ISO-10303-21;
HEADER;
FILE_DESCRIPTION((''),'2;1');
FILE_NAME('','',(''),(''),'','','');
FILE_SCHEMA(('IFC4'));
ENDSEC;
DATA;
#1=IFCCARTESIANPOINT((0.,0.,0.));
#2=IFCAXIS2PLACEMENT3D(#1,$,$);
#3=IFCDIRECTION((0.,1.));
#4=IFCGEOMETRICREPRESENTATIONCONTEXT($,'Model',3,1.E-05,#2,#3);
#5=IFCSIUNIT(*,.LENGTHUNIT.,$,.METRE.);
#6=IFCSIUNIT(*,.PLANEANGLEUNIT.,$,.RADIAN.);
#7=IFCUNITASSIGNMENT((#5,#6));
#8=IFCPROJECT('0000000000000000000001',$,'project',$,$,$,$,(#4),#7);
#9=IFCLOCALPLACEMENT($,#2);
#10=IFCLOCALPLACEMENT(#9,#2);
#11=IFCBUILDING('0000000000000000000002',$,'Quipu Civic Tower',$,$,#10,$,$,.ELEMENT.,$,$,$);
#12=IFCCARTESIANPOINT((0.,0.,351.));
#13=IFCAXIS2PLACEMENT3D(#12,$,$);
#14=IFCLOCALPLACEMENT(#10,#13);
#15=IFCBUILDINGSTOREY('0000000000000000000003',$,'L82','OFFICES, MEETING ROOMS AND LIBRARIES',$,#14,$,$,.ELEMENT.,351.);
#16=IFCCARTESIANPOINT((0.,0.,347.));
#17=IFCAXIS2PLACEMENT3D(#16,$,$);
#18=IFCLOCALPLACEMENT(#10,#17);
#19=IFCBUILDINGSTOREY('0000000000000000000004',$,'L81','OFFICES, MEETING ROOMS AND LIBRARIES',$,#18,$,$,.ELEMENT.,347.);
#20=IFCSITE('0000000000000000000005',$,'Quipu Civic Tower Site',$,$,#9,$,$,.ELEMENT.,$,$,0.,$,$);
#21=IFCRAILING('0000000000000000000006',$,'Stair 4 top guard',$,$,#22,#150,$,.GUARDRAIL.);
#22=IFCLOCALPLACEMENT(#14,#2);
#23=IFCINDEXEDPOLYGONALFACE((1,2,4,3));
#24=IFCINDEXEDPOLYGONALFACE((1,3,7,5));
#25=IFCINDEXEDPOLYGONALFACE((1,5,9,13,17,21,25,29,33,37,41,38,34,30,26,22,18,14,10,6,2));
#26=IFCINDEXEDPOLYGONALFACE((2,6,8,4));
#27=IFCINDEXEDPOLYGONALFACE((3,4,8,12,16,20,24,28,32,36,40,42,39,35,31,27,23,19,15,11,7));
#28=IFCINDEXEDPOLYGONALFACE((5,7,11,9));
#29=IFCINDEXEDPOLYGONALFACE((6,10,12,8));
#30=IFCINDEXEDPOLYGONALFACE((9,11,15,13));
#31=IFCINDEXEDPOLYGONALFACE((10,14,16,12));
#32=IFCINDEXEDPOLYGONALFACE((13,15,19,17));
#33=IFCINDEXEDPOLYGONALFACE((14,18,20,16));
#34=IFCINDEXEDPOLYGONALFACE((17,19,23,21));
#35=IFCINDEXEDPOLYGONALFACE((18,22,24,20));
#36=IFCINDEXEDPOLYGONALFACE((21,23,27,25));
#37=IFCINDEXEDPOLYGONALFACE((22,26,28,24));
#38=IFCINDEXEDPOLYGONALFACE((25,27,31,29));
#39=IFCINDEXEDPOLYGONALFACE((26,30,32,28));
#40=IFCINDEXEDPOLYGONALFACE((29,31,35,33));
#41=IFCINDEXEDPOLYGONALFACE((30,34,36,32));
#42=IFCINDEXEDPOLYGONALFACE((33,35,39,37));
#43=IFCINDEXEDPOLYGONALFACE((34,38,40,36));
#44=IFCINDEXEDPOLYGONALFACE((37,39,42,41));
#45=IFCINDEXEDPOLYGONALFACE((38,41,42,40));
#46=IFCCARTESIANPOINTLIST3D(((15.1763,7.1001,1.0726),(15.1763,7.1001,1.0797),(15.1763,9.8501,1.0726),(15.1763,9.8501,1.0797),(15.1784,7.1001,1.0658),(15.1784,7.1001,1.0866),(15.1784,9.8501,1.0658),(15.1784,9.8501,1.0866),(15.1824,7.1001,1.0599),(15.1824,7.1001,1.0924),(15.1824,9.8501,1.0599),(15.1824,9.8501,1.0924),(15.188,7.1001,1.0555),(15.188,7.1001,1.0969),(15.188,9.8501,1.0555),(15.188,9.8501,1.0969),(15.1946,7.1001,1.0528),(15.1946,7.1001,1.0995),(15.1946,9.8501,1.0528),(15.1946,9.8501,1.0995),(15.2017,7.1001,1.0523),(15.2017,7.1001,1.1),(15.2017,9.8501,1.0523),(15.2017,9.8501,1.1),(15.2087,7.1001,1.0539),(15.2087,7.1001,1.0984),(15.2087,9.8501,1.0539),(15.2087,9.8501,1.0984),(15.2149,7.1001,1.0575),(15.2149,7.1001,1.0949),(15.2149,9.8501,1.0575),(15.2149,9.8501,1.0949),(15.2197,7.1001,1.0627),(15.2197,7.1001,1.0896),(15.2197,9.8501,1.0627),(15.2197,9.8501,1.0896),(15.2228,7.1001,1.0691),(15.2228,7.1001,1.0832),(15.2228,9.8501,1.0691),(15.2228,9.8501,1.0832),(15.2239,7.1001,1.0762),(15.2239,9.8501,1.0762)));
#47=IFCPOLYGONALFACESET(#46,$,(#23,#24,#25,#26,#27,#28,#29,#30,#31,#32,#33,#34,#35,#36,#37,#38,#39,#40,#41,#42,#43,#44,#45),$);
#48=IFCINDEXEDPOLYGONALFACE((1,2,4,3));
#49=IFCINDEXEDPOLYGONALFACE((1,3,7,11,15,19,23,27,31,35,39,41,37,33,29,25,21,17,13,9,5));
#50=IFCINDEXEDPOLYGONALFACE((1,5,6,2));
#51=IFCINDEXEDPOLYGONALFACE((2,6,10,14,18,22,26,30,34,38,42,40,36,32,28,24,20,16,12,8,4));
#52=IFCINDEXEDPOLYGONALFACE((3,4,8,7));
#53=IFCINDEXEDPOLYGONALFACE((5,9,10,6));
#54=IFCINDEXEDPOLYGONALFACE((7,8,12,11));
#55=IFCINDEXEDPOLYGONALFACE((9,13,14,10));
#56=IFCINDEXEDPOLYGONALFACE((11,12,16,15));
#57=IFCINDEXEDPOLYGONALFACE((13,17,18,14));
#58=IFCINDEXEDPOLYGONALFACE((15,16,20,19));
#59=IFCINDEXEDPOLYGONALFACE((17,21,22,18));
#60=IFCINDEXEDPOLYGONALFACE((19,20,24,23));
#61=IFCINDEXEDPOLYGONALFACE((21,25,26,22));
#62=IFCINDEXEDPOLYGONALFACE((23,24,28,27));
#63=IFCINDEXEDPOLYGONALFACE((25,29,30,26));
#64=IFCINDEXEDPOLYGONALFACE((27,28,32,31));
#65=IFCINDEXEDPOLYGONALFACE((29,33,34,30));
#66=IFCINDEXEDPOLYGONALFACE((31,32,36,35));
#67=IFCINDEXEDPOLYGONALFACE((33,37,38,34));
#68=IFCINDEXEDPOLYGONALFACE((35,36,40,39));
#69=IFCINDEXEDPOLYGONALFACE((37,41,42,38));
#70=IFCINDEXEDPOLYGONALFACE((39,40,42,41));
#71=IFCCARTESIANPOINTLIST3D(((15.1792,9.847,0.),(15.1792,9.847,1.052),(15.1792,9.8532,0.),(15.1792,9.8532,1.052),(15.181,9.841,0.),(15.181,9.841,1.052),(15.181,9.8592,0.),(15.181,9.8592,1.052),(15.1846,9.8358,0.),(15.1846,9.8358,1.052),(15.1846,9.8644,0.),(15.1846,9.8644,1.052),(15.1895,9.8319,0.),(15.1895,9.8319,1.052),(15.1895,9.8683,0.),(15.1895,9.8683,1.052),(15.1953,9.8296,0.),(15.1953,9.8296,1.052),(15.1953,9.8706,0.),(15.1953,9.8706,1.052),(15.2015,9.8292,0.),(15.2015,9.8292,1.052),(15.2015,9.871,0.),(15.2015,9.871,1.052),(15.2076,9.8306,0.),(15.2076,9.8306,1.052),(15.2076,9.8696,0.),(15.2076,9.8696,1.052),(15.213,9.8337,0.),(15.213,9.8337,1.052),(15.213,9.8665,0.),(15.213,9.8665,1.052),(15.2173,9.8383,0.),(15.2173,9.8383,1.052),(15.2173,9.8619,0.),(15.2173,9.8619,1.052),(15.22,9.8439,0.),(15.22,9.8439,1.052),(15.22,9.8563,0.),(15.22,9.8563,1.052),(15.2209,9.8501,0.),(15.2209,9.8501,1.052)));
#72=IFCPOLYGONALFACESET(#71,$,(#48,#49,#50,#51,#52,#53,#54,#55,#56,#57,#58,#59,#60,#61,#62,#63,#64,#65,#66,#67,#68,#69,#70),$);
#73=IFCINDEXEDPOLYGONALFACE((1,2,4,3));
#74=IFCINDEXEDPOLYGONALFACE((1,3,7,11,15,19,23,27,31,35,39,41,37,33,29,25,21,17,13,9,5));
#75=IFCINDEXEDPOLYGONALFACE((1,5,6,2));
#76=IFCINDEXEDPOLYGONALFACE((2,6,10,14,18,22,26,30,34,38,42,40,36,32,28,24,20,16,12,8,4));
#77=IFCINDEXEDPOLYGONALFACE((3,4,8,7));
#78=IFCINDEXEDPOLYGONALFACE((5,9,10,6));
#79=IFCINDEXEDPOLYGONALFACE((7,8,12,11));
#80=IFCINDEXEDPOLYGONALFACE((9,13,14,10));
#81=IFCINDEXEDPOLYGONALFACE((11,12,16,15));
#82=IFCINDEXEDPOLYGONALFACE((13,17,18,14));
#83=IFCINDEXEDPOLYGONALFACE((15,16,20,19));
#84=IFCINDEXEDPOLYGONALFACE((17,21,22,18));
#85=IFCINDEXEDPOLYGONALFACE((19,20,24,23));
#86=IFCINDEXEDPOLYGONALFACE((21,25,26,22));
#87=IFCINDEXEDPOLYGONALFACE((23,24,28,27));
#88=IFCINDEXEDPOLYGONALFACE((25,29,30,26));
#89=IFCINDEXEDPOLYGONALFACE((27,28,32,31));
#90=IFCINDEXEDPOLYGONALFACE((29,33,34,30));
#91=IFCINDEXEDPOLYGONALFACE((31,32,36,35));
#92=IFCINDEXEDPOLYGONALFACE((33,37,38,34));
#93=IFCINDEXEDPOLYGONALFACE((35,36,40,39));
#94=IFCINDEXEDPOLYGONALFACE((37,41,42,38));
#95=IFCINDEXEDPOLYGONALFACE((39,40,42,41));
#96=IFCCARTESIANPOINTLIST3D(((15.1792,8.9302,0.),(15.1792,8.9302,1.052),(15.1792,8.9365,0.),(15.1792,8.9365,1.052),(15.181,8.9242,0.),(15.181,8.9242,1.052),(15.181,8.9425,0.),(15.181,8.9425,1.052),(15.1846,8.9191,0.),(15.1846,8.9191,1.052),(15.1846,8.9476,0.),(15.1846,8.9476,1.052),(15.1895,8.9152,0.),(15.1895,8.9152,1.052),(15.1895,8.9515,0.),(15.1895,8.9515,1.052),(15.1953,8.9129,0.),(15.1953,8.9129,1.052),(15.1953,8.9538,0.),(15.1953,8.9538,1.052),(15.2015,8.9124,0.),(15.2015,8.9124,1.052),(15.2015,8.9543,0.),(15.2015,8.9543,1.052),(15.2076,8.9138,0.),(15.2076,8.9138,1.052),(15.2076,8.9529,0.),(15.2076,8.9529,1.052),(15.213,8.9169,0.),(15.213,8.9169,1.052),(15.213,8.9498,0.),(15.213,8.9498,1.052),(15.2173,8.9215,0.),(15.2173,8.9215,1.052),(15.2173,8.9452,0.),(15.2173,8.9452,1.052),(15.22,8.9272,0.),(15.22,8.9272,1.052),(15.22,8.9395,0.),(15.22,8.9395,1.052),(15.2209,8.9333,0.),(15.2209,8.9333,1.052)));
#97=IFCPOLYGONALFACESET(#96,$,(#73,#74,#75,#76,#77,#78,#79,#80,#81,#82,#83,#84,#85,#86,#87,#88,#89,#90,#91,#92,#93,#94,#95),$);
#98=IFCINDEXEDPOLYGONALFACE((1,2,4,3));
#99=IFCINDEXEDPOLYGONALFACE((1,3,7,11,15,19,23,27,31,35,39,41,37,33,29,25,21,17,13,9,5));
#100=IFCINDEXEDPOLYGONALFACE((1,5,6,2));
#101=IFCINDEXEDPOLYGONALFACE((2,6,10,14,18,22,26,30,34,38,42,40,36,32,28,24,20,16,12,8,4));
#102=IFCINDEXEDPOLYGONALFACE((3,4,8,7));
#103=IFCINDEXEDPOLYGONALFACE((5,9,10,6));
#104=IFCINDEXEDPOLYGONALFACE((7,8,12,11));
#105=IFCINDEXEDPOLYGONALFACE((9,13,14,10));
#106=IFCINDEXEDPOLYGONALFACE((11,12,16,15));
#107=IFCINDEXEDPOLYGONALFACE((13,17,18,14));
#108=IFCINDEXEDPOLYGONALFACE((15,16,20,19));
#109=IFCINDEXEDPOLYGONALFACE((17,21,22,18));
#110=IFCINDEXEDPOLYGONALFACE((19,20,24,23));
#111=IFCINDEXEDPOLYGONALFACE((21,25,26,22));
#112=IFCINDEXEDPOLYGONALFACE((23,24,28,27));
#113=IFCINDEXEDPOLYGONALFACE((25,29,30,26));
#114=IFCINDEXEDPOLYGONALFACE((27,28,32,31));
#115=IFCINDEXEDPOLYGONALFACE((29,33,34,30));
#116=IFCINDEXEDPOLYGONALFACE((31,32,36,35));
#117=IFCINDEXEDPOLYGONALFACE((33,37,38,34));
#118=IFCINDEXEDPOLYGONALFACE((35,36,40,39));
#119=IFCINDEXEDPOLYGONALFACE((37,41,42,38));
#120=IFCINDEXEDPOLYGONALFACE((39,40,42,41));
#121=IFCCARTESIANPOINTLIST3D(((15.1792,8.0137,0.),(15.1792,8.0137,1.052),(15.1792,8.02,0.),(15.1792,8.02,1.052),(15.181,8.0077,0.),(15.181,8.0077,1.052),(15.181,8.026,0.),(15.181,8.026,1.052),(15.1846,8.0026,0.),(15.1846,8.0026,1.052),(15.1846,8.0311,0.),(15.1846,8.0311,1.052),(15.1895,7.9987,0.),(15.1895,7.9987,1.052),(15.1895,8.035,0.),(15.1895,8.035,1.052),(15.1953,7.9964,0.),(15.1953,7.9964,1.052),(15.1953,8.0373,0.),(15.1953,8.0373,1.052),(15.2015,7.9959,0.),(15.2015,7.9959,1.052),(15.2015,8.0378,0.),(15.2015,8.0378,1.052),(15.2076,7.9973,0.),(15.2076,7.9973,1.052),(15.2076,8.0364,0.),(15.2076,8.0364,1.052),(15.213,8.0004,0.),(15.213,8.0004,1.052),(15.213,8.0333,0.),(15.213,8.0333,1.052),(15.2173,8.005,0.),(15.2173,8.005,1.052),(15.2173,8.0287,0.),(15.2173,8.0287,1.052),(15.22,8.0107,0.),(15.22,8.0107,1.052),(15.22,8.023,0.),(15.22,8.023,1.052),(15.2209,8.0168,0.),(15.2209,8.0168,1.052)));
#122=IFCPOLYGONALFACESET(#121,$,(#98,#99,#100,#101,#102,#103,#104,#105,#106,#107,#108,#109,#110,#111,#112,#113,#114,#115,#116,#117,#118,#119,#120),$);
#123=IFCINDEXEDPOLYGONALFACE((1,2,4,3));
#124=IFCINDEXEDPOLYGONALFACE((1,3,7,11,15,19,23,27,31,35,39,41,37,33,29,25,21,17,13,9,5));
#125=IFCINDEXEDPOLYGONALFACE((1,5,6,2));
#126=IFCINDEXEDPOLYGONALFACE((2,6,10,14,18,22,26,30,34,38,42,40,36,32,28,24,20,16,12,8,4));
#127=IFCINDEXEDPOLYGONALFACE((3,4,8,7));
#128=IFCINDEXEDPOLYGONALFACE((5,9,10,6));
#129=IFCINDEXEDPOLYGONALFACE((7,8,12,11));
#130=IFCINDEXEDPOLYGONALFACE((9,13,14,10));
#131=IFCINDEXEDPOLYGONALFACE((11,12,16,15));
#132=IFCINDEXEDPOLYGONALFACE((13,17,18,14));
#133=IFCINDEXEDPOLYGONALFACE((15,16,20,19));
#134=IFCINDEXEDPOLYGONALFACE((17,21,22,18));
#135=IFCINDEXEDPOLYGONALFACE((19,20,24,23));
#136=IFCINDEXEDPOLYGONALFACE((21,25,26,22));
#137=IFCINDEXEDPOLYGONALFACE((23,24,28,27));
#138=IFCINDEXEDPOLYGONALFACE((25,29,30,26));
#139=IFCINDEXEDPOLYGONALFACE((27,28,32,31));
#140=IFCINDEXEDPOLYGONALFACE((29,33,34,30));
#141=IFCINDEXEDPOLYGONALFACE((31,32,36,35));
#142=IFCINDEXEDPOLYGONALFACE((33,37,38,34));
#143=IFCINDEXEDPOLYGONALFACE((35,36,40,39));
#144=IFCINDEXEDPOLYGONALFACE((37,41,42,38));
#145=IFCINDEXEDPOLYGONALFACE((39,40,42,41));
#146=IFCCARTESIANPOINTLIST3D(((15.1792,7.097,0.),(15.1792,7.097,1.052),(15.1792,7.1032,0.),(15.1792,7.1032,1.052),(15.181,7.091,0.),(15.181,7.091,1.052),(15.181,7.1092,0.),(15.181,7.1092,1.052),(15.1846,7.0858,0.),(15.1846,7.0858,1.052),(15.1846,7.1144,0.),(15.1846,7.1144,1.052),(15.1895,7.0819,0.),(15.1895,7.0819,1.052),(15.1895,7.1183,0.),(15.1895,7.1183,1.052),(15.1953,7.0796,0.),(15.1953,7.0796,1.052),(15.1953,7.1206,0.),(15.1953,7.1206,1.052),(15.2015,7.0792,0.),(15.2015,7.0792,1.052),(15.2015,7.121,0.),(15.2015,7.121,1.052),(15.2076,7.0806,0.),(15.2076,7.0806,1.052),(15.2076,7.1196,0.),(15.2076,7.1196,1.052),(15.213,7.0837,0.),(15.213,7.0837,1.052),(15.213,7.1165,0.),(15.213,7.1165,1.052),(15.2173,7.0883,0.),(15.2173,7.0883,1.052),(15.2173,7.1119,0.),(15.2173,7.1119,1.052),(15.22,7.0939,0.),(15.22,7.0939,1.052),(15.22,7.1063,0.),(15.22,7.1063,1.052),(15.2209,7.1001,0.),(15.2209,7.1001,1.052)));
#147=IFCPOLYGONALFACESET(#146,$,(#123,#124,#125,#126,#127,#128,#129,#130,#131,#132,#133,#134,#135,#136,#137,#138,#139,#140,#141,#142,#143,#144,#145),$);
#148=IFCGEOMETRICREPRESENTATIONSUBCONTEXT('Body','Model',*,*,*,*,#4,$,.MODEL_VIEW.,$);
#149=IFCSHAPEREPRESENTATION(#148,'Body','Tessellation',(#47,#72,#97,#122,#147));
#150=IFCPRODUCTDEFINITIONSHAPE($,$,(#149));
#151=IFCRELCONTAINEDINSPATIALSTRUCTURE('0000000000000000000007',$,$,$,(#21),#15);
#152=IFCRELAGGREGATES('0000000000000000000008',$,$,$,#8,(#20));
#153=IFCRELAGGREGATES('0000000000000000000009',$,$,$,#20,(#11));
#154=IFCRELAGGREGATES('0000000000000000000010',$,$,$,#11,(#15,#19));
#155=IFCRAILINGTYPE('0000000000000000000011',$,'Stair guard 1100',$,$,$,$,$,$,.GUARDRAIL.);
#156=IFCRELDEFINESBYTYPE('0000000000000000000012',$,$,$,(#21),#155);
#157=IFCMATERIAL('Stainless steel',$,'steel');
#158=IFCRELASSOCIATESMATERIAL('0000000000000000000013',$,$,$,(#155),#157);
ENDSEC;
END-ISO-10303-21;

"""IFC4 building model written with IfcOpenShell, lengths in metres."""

from ifc_helpers import new_model, si_unit, direction, frame, origin, origin_2d, place, context, subcontext, project, spatial, circle, extrude, material, type_object, element, save


model = new_model("IFC4")

# Units and contexts
model_context = context("Model", 3, precision=1e-05, world=origin(), true_north=direction((0.0, 1.0)))
body_context = subcontext(model_context, "Body", "Model", "MODEL_VIEW")
ifc_project = project(units=[si_unit("LENGTHUNIT", "METRE"), si_unit("PLANEANGLEUNIT", "RADIAN")], contexts=[model_context])

# Site, building, storey
site_placement = place(None, origin())
site = spatial("IfcSite", under=ifc_project, at=site_placement, Name="Quipu Civic Tower Site", CompositionType="ELEMENT", RefElevation=0.0)
building_placement = place(site_placement, origin())
building = spatial("IfcBuilding", under=site, at=building_placement, Name="Quipu Civic Tower", CompositionType="ELEMENT")
storey_1_placement = place(building_placement, frame((0.0, 0.0, 351.0)))
storey_1 = spatial("IfcBuildingStorey", under=building, at=storey_1_placement, Name="L82", Description="OFFICES, MEETING ROOMS AND LIBRARIES", CompositionType="ELEMENT", Elevation=351.0)

# Shared definitions
storey_2_placement = place(building_placement, frame((0.0, 0.0, 347.0)))
storey_2 = spatial("IfcBuildingStorey", under=building, at=storey_2_placement, Name="L81", Description="OFFICES, MEETING ROOMS AND LIBRARIES", CompositionType="ELEMENT", Elevation=347.0)

# Railing
ifc_material_1 = material(Name="Stainless steel", Category="steel")
railing_type = type_object("IfcRailingType", Name="Stair guard 1100", PredefinedType="GUARDRAIL", material=ifc_material_1)
railing_placement = place(storey_1_placement, frame((15.2, 9.8501, 0.0)))
element("IfcRailing", 1, at=railing_placement, inside=storey_1, type_object=railing_type, Name="Stair 4 top guard", PredefinedType="GUARDRAIL", context=body_context, shape_type="SweptSolid", body=[
    extrude(circle(Radius=0.0239, at=origin_2d()), frame((0.0, 0.0, 1.0762), z_axis=(0.0, -1.0, 0.0), x_axis=(1.0, 0.0, 0.0)), (0.0, 0.0, 1.0), 2.75),
    extrude(circle(Radius=0.021, at=origin_2d()), origin(), (0.0, 0.0, 1.0), 1.052),
    extrude(circle(Radius=0.021, at=origin_2d()), frame((0.0, -0.9167, 0.0)), (0.0, 0.0, 1.0), 1.052),
    extrude(circle(Radius=0.021, at=origin_2d()), frame((0.0, -1.8333, 0.0)), (0.0, 0.0, 1.0), 1.052),
    extrude(circle(Radius=0.021, at=origin_2d()), frame((0.0, -2.75, 0.0)), (0.0, 0.0, 1.0), 1.052),
])

save(model, "model.ifc")
